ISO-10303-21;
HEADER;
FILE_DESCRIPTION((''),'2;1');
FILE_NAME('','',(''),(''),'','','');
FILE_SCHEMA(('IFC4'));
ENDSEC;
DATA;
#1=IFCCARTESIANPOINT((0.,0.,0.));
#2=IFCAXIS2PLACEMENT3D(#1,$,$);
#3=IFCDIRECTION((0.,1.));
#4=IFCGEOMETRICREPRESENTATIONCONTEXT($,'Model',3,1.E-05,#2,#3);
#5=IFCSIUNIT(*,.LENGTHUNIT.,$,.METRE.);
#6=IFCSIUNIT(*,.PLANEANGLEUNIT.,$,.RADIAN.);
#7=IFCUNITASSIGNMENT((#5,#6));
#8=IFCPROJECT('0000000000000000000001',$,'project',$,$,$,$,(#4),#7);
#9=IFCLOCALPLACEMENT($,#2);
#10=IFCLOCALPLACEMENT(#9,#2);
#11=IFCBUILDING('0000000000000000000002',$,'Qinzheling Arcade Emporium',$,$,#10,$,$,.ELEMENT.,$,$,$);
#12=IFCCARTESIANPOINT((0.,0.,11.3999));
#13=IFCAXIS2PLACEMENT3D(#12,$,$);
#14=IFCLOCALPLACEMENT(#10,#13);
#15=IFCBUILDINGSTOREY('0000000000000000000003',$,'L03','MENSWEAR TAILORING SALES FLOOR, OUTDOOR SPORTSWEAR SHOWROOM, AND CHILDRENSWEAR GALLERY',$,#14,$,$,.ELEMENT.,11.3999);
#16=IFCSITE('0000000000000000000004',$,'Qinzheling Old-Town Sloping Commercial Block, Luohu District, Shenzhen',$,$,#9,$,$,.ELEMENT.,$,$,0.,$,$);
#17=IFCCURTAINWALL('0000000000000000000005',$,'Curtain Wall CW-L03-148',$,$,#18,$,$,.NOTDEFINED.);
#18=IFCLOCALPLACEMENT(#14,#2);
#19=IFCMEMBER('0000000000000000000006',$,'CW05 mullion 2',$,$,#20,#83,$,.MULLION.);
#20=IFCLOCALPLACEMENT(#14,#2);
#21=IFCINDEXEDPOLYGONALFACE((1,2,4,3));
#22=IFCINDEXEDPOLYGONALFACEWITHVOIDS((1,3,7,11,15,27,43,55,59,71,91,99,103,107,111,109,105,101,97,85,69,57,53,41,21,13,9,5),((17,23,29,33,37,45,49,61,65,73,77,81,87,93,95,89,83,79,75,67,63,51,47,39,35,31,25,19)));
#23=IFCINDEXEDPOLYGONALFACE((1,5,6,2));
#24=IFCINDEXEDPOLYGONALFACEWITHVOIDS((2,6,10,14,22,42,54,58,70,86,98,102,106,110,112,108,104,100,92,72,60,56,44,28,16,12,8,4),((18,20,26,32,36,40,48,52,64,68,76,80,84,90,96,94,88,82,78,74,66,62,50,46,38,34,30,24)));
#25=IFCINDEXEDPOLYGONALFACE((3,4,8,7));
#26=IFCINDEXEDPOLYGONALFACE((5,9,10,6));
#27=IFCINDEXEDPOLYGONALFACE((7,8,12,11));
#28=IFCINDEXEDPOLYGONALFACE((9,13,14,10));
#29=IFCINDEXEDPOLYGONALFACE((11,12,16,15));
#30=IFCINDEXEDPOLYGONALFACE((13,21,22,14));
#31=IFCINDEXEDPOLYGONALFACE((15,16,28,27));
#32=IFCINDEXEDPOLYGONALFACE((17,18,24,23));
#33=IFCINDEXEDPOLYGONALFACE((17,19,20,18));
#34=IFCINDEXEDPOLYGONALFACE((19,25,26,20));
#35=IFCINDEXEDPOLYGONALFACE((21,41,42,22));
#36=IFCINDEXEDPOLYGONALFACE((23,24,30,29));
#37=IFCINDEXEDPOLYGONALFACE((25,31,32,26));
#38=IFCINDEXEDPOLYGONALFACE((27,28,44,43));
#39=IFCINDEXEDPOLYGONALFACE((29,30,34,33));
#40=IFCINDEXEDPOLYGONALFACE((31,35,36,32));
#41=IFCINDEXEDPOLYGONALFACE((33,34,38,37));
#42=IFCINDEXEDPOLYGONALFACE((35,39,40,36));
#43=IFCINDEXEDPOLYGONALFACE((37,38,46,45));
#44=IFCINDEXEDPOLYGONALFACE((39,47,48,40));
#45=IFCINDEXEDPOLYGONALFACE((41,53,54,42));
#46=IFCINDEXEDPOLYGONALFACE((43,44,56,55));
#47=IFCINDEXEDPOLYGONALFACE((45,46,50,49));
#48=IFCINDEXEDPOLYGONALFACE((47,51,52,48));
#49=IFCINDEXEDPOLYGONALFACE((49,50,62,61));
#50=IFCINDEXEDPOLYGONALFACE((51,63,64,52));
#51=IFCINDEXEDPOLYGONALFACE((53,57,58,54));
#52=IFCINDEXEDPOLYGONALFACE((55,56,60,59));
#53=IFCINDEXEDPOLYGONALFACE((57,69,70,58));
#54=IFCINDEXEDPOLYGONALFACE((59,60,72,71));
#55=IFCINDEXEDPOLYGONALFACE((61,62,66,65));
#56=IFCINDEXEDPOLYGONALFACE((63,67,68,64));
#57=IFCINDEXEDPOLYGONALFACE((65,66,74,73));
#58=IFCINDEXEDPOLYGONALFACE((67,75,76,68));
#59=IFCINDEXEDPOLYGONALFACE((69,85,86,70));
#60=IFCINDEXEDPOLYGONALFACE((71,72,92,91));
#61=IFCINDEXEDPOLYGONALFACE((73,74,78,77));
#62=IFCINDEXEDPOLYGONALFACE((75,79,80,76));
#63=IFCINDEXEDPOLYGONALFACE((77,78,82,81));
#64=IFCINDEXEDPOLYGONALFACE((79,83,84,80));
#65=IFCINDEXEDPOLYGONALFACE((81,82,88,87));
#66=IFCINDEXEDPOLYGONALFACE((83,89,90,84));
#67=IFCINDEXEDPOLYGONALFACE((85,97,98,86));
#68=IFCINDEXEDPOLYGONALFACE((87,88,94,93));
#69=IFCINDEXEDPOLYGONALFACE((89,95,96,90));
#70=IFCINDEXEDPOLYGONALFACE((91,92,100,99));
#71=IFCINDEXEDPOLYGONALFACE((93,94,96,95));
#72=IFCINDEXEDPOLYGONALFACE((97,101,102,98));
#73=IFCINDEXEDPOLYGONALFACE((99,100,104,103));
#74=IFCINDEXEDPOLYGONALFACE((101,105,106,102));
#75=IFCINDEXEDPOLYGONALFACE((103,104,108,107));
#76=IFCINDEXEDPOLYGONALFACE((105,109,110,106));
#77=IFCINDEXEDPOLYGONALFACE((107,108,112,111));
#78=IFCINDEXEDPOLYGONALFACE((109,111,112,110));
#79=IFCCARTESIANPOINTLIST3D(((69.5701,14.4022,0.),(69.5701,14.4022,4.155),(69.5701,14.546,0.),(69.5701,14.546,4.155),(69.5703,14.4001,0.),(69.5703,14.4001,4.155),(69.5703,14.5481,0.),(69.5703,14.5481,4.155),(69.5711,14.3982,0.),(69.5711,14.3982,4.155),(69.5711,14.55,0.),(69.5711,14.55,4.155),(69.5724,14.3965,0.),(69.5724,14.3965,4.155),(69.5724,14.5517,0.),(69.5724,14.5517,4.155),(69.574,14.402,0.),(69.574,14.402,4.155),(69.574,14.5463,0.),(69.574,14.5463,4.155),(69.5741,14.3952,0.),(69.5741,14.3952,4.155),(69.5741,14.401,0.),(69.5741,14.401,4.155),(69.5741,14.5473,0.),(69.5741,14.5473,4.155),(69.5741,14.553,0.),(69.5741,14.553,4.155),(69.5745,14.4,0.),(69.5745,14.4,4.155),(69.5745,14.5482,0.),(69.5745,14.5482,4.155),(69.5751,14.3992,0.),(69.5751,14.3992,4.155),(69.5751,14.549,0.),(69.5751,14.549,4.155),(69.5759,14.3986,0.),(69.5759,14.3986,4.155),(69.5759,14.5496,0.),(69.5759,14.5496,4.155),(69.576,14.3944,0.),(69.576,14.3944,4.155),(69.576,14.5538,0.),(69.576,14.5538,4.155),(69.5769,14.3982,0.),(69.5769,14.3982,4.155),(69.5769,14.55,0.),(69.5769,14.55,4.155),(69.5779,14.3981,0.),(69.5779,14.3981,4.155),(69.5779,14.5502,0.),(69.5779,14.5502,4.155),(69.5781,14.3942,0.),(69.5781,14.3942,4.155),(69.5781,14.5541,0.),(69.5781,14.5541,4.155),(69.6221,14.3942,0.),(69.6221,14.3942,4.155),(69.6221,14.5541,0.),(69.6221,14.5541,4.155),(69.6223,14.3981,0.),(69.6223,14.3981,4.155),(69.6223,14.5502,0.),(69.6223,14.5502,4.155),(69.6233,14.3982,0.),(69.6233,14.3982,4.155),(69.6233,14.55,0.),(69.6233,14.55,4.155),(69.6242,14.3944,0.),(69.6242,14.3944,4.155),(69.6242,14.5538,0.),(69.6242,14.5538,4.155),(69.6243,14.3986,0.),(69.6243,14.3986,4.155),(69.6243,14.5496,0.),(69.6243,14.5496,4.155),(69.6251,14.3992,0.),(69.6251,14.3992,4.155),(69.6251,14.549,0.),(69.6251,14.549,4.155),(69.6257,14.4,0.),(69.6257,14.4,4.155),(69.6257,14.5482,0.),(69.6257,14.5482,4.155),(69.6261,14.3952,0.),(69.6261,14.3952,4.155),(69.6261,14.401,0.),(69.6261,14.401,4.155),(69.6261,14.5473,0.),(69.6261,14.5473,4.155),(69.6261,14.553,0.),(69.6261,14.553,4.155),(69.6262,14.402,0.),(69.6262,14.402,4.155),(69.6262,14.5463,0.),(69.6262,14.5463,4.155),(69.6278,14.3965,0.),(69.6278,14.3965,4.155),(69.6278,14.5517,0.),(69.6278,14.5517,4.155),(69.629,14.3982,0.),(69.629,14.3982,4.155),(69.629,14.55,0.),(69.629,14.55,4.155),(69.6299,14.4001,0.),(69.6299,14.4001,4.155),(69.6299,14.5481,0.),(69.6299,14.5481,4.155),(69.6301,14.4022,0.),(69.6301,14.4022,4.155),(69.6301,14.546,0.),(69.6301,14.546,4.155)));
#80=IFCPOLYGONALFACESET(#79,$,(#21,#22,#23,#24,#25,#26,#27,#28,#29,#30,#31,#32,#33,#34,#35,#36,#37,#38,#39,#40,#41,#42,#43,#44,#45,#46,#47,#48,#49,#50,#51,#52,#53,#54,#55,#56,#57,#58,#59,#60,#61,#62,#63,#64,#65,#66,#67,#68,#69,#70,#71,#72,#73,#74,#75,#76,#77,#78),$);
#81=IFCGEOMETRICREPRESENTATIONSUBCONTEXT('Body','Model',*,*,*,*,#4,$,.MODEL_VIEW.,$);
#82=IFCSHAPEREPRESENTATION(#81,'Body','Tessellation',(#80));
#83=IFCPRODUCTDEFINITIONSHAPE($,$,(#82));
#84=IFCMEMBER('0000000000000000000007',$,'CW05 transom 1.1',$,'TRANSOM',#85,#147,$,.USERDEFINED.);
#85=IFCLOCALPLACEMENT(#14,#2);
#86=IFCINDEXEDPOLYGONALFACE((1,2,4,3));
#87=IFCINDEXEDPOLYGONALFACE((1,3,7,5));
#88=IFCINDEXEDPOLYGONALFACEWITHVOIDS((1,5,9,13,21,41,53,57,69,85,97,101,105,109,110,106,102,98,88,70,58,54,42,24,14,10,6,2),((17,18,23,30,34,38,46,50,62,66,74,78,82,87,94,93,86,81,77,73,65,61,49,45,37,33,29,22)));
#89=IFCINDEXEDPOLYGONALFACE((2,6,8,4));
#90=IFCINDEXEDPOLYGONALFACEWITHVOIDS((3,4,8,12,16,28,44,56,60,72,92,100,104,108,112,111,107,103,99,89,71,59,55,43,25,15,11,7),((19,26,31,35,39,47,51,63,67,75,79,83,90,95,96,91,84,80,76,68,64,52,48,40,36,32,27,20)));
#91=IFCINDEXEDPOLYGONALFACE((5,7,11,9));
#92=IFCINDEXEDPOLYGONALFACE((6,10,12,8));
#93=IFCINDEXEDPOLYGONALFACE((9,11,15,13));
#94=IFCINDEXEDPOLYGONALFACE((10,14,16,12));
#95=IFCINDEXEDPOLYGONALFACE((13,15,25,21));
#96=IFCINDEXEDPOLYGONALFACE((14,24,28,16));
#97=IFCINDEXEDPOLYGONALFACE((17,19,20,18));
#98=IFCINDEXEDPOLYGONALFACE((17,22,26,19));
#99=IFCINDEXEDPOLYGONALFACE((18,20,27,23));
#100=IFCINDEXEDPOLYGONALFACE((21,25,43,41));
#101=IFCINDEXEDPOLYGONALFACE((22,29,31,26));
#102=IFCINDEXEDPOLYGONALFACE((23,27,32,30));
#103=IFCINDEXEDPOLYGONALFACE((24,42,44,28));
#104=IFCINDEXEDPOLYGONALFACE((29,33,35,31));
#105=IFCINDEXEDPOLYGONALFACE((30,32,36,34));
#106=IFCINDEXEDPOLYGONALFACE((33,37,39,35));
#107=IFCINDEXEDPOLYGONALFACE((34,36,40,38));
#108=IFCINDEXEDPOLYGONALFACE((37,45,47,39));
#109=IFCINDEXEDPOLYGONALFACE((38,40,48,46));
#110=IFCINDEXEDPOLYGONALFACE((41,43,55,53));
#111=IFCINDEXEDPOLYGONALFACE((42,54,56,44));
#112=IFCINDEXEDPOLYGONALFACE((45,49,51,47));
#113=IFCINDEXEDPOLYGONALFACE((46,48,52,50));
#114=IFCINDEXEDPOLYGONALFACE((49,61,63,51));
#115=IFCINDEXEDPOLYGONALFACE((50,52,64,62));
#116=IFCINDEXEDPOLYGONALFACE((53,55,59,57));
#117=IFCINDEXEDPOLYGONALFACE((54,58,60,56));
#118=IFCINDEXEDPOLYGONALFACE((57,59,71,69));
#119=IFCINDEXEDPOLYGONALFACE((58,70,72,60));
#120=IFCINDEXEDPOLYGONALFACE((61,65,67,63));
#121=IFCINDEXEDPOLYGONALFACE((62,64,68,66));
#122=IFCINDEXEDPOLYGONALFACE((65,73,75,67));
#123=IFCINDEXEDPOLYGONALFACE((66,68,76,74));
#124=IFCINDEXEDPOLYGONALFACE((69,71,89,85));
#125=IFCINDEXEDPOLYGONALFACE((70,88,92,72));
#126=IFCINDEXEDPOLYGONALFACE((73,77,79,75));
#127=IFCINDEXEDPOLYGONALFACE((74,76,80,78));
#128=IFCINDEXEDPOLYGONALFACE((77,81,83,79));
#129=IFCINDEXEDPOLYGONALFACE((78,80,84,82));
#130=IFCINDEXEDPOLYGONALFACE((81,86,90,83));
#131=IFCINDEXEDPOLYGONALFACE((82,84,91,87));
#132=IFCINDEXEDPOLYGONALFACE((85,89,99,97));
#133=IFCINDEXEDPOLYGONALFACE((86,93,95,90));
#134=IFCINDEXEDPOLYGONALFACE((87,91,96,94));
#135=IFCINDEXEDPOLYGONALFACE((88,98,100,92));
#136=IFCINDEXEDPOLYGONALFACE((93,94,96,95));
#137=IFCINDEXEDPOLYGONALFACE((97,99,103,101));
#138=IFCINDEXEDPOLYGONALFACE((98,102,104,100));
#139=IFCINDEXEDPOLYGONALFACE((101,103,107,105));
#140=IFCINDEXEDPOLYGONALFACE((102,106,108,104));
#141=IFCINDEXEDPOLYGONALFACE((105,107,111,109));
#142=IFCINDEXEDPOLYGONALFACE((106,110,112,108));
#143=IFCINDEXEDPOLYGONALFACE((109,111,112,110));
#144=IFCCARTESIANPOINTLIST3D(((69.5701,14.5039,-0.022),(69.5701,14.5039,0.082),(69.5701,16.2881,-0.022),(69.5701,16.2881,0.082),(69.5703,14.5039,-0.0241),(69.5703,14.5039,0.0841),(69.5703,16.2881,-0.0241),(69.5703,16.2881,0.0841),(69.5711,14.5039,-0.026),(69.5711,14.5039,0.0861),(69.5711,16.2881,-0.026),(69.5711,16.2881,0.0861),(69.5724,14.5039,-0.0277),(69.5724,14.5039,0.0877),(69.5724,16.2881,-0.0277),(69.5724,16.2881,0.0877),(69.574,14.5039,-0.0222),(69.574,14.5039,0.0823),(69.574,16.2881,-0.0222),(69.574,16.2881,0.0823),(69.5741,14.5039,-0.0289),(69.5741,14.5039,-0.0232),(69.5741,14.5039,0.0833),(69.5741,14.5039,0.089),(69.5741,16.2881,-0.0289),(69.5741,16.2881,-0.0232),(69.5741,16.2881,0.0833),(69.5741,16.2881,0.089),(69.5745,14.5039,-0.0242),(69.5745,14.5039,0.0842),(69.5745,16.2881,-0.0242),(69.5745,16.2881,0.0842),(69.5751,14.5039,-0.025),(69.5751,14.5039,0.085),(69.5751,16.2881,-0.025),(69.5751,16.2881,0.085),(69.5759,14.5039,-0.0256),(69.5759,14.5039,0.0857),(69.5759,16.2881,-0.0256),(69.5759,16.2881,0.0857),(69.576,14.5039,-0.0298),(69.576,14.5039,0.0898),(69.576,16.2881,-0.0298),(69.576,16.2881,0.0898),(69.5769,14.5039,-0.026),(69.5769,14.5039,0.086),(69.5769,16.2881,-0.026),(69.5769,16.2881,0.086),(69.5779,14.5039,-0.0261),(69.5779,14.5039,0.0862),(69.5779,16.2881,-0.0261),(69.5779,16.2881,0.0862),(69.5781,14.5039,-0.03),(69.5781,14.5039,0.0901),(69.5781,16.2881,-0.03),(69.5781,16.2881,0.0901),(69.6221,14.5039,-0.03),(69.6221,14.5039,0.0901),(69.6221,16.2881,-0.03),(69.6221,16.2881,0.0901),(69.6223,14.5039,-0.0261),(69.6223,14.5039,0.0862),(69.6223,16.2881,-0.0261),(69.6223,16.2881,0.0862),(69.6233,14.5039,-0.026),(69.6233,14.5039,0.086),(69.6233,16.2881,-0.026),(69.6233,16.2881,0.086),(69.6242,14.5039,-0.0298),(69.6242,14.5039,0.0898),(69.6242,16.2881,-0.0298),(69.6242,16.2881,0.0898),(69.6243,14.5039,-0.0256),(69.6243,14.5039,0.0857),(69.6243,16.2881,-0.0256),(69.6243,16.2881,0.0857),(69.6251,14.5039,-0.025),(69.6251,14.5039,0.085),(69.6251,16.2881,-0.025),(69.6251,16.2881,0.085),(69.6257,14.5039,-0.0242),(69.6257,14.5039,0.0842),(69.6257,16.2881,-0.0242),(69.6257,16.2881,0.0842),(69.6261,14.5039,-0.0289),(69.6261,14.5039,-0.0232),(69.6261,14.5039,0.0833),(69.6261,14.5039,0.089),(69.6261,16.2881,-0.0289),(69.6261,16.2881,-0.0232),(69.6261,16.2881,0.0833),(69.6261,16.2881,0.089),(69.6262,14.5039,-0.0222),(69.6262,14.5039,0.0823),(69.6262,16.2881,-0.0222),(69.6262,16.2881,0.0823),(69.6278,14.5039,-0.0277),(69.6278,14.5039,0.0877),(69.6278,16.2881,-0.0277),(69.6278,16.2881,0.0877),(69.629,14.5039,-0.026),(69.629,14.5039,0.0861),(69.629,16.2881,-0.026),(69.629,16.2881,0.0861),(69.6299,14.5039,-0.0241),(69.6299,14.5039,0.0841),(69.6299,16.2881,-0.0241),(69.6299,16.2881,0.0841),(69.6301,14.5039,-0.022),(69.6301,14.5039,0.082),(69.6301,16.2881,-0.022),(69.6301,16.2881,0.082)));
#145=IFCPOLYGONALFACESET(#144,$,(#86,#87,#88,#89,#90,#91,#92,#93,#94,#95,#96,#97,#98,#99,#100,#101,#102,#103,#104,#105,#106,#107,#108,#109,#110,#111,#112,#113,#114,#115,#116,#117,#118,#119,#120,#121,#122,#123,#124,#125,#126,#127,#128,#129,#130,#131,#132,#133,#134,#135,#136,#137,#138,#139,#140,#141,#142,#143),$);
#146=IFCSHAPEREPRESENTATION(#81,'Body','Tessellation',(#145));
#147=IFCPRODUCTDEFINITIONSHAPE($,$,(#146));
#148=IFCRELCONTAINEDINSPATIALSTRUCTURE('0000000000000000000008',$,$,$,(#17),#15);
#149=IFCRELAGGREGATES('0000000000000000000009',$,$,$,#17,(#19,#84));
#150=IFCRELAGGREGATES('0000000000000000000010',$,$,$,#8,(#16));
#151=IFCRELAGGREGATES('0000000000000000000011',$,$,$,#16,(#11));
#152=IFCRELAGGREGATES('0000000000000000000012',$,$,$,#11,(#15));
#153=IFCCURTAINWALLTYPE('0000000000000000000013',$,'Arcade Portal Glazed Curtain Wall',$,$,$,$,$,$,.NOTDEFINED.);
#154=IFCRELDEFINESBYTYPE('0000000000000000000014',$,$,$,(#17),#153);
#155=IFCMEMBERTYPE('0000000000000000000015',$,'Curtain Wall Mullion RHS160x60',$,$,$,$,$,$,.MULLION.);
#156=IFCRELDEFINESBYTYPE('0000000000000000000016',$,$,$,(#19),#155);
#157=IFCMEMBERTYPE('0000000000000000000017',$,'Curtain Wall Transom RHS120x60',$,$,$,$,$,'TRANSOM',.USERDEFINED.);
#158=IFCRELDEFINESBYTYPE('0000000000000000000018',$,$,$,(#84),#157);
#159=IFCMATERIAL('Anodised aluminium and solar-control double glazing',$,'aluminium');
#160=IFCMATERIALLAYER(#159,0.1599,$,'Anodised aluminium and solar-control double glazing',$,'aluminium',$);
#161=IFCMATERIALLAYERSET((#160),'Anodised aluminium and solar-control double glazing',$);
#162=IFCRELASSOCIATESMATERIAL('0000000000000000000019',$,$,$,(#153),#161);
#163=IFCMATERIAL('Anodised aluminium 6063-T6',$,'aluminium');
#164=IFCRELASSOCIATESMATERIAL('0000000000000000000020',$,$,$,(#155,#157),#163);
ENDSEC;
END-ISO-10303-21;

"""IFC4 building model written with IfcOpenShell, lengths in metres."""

from ifc_helpers import new_model, si_unit, direction, frame, origin, origin_2d, place, context, subcontext, project, spatial, hollow_rectangle, extrude, material, layer, layer_set, material_profile, profile_set, type_object, element, aggregate, save


model = new_model("IFC4")

# Units and contexts
model_context = context("Model", 3, precision=1e-05, world=origin(), true_north=direction((0.0, 1.0)))
body_context = subcontext(model_context, "Body", "Model", "MODEL_VIEW")
ifc_project = project(units=[si_unit("LENGTHUNIT", "METRE"), si_unit("PLANEANGLEUNIT", "RADIAN")], contexts=[model_context])

# Site, building, storey
site_placement = place(None, origin())
site = spatial("IfcSite", under=ifc_project, at=site_placement, Name="Qinzheling Old-Town Sloping Commercial Block, Luohu District, Shenzhen", CompositionType="ELEMENT", RefElevation=0.0)
building_placement = place(site_placement, origin())
building = spatial("IfcBuilding", under=site, at=building_placement, Name="Qinzheling Arcade Emporium", CompositionType="ELEMENT")
storey_placement = place(building_placement, frame((0.0, 0.0, 11.3999)))
storey = spatial("IfcBuildingStorey", under=building, at=storey_placement, Name="L03", Description="MENSWEAR TAILORING SALES FLOOR, OUTDOOR SPORTSWEAR SHOWROOM, AND CHILDRENSWEAR GALLERY", CompositionType="ELEMENT", Elevation=11.3999)

# Shared definitions
ifc_material_1 = material(Name="Anodised aluminium and solar-control double glazing", Category="aluminium")
ifc_layer_1 = layer(ifc_material_1, 0.1599, Name="Anodised aluminium and solar-control double glazing", Category="aluminium")
ifc_layer_set_1 = layer_set([ifc_layer_1], Name="Anodised aluminium and solar-control double glazing")
curtain_wall_type = type_object("IfcCurtainWallType", Name="Arcade Portal Glazed Curtain Wall", PredefinedType="NOTDEFINED", material=ifc_layer_set_1)
ifc_material_2 = material(Name="Anodised aluminium 6063-T6", Category="aluminium")
ifc_material_profile_1 = material_profile(ifc_material_2, hollow_rectangle(XDim=0.0601, YDim=0.1599, WallThickness=0.0039, InnerFilletRadius=0.0039, OuterFilletRadius=0.0081, at=origin_2d()), Name="RHS 160x60x4", Category="aluminium")
ifc_profile_set_1 = profile_set([ifc_material_profile_1], Name="Anodised aluminium 6063-T6")
member_type_1 = type_object("IfcMemberType", Name="Curtain Wall Mullion RHS160x60", PredefinedType="MULLION", material=ifc_profile_set_1)

# Curtain wall, members
curtain_wall_1_placement = place(storey_placement, origin())
curtain_wall_1 = element("IfcCurtainWall", 1, at=curtain_wall_1_placement, inside=storey, type_object=curtain_wall_type, Name="Curtain Wall CW-L03-148", PredefinedType="NOTDEFINED")
member_1_placement = place(storey_placement, frame((69.6001, 14.4741, 0.0), z_axis=(0.0, 0.0, 1.0), x_axis=(1.0, 0.0, 0.0)))
member_1 = element("IfcMember", 2, at=member_1_placement, type_object=member_type_1, Name="CW05 mullion 2", PredefinedType="MULLION", context=body_context, shape_type="SweptSolid", body=[
    extrude(hollow_rectangle(XDim=0.0601, YDim=0.1599, WallThickness=0.0039, InnerFilletRadius=0.0039, OuterFilletRadius=0.0081, at=origin_2d()), origin(), (0.0, 0.0, 1.0), 4.155),
])
ifc_material_profile_2 = material_profile(ifc_material_2, hollow_rectangle(XDim=0.0601, YDim=0.1201, WallThickness=0.0039, InnerFilletRadius=0.0039, OuterFilletRadius=0.0081, at=origin_2d()), Name="RHS 120x60x4", Category="aluminium")
ifc_profile_set_2 = profile_set([ifc_material_profile_2], Name="Anodised aluminium 6063-T6")
member_type_2 = type_object("IfcMemberType", Name="Curtain Wall Transom RHS120x60", ElementType="TRANSOM", PredefinedType="USERDEFINED", material=ifc_profile_set_2)
member_2_placement = place(storey_placement, frame((69.6001, 16.2881, 0.03), z_axis=(0.0, -1.0, 0.0), x_axis=(1.0, 0.0, 0.0)))
member_2 = element("IfcMember", 3, at=member_2_placement, type_object=member_type_2, Name="CW05 transom 1.1", ObjectType="TRANSOM", PredefinedType="USERDEFINED", context=body_context, shape_type="SweptSolid", body=[
    extrude(hollow_rectangle(XDim=0.0601, YDim=0.1201, WallThickness=0.0039, InnerFilletRadius=0.0039, OuterFilletRadius=0.0081, at=origin_2d()), origin(), (0.0, 0.0, 1.0), 1.7842),
])

aggregate(curtain_wall_1, [member_1, member_2])

save(model, "model.ifc")
